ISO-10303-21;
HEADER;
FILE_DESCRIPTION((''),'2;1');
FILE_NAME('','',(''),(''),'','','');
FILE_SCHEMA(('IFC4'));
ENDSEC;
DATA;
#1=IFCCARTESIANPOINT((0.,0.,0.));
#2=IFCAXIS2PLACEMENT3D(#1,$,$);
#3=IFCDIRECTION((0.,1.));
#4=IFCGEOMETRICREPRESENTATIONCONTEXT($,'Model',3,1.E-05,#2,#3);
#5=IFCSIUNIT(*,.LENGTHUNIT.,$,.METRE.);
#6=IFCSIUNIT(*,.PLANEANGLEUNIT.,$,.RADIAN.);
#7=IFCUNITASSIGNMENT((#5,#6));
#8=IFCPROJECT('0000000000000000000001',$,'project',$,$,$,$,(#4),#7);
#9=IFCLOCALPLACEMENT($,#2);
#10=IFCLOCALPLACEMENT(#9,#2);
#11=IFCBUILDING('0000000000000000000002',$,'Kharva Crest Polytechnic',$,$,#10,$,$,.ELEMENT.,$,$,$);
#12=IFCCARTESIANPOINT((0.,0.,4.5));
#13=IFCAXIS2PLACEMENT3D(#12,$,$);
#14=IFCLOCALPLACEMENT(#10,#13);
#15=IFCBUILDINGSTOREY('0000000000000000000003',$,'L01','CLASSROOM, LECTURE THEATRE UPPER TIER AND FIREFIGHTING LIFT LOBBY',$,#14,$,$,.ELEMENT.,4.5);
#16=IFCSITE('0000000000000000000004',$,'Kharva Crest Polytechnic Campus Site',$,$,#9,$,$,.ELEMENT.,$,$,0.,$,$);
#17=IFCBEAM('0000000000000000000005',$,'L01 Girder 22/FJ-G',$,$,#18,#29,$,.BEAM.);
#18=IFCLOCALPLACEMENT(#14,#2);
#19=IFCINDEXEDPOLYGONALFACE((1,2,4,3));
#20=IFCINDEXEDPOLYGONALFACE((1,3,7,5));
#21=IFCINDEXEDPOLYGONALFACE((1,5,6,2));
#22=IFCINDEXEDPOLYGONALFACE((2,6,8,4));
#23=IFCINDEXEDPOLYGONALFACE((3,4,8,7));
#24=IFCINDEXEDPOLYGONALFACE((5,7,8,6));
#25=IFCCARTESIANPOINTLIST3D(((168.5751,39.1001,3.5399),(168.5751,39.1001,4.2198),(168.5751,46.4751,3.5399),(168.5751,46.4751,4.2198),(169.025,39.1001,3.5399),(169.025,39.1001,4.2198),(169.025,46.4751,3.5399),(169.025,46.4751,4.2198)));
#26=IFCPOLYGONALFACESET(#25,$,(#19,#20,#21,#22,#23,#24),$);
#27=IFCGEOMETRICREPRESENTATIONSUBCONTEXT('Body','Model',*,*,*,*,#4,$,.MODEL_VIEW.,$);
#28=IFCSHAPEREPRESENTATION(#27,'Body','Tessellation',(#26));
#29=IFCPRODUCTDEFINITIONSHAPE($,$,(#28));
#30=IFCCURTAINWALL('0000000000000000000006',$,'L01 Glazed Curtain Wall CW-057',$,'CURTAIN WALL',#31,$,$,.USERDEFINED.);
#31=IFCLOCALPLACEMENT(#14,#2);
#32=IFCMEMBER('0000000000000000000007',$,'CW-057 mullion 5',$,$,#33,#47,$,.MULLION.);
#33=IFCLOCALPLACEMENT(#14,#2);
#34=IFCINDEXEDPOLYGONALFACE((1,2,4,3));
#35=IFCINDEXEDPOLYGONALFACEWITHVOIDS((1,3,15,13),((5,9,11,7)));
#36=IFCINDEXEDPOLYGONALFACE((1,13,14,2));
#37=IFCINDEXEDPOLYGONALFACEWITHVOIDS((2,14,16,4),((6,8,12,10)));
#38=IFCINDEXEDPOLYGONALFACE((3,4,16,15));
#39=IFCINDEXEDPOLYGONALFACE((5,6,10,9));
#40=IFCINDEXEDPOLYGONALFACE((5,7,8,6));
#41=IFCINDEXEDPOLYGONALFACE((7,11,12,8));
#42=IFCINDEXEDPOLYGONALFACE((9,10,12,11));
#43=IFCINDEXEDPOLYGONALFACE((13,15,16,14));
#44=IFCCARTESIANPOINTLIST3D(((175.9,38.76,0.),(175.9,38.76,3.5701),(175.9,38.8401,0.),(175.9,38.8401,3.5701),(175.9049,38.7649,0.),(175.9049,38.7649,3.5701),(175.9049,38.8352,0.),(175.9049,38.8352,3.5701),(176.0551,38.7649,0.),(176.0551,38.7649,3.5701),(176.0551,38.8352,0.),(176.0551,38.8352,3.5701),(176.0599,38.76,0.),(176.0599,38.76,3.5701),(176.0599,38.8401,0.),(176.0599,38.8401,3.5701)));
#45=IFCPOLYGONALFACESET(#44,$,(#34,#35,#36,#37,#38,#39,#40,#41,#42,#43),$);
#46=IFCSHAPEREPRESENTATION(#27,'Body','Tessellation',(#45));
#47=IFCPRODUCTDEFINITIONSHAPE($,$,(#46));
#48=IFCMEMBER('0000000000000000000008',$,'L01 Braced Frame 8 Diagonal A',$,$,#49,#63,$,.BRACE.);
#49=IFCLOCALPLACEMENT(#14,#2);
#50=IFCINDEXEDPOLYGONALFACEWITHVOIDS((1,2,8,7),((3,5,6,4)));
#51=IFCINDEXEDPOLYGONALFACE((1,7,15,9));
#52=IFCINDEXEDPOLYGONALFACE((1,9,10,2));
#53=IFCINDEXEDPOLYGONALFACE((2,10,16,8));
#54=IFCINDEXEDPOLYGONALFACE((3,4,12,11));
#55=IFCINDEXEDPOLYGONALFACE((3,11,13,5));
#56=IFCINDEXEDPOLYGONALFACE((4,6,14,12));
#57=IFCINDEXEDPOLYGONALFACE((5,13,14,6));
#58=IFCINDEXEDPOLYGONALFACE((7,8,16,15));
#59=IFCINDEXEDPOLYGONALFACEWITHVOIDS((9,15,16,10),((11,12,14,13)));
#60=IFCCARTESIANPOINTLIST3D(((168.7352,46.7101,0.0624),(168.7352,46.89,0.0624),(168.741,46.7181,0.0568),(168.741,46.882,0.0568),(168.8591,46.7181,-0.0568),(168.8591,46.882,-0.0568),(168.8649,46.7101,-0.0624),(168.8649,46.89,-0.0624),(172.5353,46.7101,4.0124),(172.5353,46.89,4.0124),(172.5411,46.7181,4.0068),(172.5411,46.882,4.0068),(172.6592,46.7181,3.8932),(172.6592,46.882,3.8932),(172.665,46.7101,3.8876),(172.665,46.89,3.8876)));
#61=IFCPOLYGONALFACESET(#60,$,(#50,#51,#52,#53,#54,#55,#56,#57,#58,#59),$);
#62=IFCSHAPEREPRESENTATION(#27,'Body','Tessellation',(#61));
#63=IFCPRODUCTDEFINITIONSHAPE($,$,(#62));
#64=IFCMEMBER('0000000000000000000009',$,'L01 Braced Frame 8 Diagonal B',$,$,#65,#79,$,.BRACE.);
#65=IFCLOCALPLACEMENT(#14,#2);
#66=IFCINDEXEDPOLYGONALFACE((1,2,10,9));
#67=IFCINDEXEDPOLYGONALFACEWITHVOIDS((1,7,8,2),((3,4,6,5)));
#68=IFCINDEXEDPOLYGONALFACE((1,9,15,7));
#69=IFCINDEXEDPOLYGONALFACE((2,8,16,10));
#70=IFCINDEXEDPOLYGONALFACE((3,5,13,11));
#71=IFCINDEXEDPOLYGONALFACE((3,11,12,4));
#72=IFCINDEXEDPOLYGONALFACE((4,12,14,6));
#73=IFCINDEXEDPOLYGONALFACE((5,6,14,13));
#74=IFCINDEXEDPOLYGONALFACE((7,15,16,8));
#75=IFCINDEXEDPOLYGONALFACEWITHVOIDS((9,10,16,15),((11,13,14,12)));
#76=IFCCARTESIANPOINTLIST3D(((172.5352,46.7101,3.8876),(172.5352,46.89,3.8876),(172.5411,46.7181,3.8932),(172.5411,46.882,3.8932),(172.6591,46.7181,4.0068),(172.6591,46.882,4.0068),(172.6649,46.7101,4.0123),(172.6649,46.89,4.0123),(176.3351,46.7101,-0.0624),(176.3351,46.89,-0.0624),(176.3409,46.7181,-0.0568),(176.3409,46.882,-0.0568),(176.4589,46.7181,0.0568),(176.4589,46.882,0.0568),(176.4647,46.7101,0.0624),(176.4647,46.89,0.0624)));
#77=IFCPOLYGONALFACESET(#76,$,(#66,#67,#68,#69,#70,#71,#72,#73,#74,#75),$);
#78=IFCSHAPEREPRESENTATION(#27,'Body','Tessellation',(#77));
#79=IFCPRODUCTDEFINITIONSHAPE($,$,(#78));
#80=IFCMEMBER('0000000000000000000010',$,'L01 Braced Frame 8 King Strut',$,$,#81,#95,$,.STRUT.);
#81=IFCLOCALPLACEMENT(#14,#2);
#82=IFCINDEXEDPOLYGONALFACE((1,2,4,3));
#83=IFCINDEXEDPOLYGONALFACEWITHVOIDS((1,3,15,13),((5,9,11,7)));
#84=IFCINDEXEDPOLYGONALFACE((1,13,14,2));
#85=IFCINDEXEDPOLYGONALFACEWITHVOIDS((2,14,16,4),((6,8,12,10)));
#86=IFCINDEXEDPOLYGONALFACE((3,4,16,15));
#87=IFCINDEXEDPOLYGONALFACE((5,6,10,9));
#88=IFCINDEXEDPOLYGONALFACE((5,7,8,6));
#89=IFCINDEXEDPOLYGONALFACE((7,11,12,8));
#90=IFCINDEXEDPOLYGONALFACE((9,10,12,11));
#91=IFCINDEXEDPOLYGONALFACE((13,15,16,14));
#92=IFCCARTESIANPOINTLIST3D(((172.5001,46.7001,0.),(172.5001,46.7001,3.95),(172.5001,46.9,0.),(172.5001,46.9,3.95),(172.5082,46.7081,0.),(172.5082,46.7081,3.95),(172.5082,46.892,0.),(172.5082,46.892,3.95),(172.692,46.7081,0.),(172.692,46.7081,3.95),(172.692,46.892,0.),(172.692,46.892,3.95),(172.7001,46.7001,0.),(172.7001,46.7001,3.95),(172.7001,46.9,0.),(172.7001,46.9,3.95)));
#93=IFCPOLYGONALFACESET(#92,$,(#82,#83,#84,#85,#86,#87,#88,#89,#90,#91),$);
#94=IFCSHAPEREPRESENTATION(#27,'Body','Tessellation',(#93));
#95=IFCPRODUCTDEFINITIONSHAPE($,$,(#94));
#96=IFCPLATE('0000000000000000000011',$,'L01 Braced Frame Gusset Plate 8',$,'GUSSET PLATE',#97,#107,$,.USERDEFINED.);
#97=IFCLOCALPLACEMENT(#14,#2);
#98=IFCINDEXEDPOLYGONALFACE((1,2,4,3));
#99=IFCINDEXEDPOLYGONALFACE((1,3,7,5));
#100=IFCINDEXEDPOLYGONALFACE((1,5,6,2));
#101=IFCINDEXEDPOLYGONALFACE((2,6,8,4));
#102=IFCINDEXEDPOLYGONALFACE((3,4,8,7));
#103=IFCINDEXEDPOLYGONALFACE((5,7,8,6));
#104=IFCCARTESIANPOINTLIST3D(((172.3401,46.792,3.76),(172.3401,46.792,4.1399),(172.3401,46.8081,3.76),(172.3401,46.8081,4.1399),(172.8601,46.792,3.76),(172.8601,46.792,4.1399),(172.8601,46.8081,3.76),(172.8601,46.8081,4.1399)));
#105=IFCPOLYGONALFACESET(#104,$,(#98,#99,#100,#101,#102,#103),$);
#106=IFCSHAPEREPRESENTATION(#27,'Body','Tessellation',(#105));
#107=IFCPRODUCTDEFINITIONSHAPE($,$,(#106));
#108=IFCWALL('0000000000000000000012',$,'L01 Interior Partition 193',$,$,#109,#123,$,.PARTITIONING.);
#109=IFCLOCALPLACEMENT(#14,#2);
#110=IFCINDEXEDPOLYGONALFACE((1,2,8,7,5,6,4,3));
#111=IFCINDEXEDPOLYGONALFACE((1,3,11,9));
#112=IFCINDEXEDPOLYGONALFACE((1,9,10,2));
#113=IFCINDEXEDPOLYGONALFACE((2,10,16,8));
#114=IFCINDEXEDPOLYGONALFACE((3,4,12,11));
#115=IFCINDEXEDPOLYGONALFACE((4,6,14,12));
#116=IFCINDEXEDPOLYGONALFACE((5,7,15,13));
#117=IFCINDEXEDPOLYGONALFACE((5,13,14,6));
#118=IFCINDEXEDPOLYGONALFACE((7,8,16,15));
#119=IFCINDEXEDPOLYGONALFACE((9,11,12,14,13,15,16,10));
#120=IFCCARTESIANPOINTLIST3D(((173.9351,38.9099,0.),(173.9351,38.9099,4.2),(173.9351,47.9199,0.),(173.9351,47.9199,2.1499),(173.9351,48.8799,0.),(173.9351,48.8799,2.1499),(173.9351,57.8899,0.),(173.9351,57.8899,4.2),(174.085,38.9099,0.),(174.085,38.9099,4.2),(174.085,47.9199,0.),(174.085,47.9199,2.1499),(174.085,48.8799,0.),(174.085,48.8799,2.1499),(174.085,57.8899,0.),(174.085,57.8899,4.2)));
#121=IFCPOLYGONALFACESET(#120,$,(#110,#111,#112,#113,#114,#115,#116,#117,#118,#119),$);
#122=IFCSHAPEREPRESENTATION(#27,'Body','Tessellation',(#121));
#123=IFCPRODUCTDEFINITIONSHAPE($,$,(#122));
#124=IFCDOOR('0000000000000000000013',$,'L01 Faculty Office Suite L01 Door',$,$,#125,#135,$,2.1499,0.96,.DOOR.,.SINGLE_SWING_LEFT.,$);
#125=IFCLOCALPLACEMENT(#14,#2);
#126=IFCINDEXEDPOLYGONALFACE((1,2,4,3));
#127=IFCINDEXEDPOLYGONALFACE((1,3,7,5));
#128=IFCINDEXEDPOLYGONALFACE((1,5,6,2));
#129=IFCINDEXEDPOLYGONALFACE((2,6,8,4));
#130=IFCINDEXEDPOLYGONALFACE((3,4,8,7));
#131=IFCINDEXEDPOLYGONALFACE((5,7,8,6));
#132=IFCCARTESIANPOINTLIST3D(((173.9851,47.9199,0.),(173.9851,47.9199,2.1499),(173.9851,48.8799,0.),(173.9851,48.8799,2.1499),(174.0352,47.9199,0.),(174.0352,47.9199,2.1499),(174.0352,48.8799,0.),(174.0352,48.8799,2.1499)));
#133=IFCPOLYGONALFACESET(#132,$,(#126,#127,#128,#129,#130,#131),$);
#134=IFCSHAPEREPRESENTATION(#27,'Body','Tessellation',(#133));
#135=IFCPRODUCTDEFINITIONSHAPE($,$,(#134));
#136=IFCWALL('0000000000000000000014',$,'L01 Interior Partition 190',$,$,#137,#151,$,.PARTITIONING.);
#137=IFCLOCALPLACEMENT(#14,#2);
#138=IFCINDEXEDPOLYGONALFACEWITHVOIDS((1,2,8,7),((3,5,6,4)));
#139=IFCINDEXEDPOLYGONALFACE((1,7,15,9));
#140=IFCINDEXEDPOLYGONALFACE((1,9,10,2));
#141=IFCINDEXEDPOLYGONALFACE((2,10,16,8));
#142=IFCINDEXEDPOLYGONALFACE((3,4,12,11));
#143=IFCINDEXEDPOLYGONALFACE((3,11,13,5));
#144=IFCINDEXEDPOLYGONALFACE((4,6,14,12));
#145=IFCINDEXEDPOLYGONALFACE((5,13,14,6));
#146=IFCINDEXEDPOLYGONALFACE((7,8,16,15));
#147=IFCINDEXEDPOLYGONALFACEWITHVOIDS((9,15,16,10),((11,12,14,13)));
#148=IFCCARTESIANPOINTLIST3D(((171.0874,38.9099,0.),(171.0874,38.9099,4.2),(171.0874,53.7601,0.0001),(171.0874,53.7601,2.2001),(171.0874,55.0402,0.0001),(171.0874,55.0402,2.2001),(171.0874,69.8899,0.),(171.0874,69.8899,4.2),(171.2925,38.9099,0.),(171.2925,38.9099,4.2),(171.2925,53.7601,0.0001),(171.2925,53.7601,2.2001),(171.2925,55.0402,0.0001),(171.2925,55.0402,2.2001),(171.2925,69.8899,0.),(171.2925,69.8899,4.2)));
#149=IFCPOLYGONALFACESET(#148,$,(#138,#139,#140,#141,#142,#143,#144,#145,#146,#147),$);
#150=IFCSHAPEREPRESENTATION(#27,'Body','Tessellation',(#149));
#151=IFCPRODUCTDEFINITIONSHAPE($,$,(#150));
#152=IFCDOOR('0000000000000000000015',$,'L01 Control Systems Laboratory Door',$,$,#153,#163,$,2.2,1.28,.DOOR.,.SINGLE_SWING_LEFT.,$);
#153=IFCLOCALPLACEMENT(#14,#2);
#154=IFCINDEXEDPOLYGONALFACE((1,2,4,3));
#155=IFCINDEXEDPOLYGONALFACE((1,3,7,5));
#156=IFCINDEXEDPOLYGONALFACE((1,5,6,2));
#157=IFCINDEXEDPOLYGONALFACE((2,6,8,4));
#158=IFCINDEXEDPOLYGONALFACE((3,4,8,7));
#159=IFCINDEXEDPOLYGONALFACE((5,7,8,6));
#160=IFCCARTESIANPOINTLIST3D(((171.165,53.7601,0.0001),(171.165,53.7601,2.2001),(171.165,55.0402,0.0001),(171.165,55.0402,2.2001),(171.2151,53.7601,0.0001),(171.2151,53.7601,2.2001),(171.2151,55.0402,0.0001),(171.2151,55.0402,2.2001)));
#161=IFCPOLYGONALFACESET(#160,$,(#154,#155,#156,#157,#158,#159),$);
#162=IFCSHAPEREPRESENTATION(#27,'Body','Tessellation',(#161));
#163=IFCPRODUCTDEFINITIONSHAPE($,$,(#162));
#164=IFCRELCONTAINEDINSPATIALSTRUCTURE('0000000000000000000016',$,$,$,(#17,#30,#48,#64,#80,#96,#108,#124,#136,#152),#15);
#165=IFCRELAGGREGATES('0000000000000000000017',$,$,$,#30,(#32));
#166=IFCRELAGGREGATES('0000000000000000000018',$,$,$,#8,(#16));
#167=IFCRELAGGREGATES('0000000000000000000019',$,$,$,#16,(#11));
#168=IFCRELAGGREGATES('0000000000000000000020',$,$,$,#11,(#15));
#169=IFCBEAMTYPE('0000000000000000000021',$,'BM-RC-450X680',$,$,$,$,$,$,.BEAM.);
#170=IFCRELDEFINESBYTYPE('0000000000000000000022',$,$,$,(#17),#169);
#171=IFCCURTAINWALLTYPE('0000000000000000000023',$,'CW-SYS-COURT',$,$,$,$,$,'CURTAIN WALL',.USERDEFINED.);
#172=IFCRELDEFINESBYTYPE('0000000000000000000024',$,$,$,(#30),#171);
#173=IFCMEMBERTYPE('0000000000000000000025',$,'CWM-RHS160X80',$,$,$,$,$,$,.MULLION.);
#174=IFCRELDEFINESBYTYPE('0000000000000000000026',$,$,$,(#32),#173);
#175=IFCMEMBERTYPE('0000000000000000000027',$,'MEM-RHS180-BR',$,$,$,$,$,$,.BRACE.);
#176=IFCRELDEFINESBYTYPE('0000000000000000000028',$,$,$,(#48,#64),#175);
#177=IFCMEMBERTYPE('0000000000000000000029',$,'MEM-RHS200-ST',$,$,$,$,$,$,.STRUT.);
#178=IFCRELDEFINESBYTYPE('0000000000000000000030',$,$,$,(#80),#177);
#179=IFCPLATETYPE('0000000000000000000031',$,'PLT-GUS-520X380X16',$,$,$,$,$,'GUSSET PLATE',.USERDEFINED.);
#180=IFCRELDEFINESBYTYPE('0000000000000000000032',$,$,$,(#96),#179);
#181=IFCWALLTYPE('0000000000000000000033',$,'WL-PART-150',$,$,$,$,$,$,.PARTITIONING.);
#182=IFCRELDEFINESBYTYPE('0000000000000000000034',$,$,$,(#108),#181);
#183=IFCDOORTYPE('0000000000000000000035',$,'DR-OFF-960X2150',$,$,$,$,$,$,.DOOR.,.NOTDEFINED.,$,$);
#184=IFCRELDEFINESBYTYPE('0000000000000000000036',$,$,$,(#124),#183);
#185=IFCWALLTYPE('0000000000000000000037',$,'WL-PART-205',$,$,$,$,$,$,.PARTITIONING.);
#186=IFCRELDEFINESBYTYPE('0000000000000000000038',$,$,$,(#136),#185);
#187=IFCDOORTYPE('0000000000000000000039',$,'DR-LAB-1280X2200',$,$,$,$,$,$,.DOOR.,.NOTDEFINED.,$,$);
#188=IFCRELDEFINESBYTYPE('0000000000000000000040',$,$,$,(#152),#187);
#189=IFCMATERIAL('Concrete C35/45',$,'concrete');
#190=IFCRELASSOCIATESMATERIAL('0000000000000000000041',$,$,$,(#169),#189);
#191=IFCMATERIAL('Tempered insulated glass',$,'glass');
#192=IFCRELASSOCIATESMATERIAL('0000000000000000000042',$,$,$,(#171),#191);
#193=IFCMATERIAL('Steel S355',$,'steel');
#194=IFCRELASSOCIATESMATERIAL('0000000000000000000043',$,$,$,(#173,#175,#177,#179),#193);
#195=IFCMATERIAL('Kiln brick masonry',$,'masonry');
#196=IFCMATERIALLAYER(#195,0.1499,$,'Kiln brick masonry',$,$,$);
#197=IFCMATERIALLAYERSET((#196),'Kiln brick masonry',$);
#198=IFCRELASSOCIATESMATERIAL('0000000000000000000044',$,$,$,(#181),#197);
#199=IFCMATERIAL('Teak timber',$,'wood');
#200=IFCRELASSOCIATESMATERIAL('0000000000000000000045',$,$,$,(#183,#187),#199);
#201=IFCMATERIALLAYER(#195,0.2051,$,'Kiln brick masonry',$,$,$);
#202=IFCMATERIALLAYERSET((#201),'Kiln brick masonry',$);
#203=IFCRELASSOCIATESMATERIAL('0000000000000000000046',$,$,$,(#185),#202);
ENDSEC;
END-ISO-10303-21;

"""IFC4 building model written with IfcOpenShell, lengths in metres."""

from ifc_helpers import new_model, si_unit, direction, frame, frame_2d, origin, origin_2d, place, context, subcontext, project, spatial, rectangle, hollow_rectangle, extrude, material, layer, layer_set, material_profile, profile_set, type_object, element, fill, aggregate, save


model = new_model("IFC4")

# Units and contexts
model_context = context("Model", 3, precision=1e-05, world=origin(), true_north=direction((0.0, 1.0)))
body_context = subcontext(model_context, "Body", "Model", "MODEL_VIEW")
ifc_project = project(units=[si_unit("LENGTHUNIT", "METRE"), si_unit("PLANEANGLEUNIT", "RADIAN")], contexts=[model_context])

# Site, building, storey
site_placement = place(None, origin())
site = spatial("IfcSite", under=ifc_project, at=site_placement, Name="Kharva Crest Polytechnic Campus Site", CompositionType="ELEMENT", RefElevation=0.0)
building_placement = place(site_placement, origin())
building = spatial("IfcBuilding", under=site, at=building_placement, Name="Kharva Crest Polytechnic", CompositionType="ELEMENT")
storey_placement = place(building_placement, frame((0.0, 0.0, 4.5)))
storey = spatial("IfcBuildingStorey", under=building, at=storey_placement, Name="L01", Description="CLASSROOM, LECTURE THEATRE UPPER TIER AND FIREFIGHTING LIFT LOBBY", CompositionType="ELEMENT", Elevation=4.5)

# Beam
ifc_material_1 = material(Name="Concrete C35/45", Category="concrete")
ifc_material_profile_1 = material_profile(ifc_material_1, rectangle(XDim=0.45, YDim=0.6799, at=origin_2d()), Name="RECT 450 X 680")
ifc_profile_set_1 = profile_set([ifc_material_profile_1], Name="Concrete C35/45")
beam_type_1 = type_object("IfcBeamType", Name="BM-RC-450X680", PredefinedType="BEAM", material=ifc_profile_set_1)
beam_1_placement = place(storey_placement, frame((168.8, 39.1001, 3.8799), z_axis=(0.0, 1.0, 0.0), x_axis=(-1.0, 0.0, 0.0)))
element("IfcBeam", 1, at=beam_1_placement, inside=storey, type_object=beam_type_1, Name="L01 Girder 22/FJ-G", PredefinedType="BEAM", context=body_context, shape_type="SweptSolid", body=[
    extrude(rectangle(XDim=0.45, YDim=0.6799, at=origin_2d()), origin(), (0.0, 0.0, 1.0), 7.375),
])

# Curtain wall, member
ifc_material_2 = material(Name="Tempered insulated glass", Category="glass")
curtain_wall_type = type_object("IfcCurtainWallType", Name="CW-SYS-COURT", ElementType="CURTAIN WALL", PredefinedType="USERDEFINED", material=ifc_material_2)
curtain_wall_placement = place(storey_placement, origin())
curtain_wall = element("IfcCurtainWall", 2, at=curtain_wall_placement, inside=storey, type_object=curtain_wall_type, Name="L01 Glazed Curtain Wall CW-057", ObjectType="CURTAIN WALL", PredefinedType="USERDEFINED")
ifc_material_3 = material(Name="Steel S355", Category="steel")
ifc_material_profile_2 = material_profile(ifc_material_3, hollow_rectangle(XDim=0.0801, YDim=0.1599, WallThickness=0.0049, at=origin_2d()), Name="RHS 160X80X5.0")
ifc_profile_set_2 = profile_set([ifc_material_profile_2], Name="Steel S355")
member_type_1 = type_object("IfcMemberType", Name="CWM-RHS160X80", PredefinedType="MULLION", material=ifc_profile_set_2)
member_1_placement = place(storey_placement, frame((175.98, 38.8, 0.0), z_axis=(0.0, 0.0, 1.0), x_axis=(0.0, 1.0, 0.0)))
member_1 = element("IfcMember", 3, at=member_1_placement, type_object=member_type_1, Name="CW-057 mullion 5", PredefinedType="MULLION", context=body_context, shape_type="SweptSolid", body=[
    extrude(hollow_rectangle(XDim=0.0801, YDim=0.1599, WallThickness=0.0049, at=origin_2d()), origin(), (0.0, 0.0, 1.0), 3.5701),
])
aggregate(curtain_wall, [member_1])

# Members
ifc_material_profile_3 = material_profile(ifc_material_3, hollow_rectangle(XDim=0.1799, YDim=0.1799, WallThickness=0.0081, at=origin_2d()), Name="RHS 180X180X8.0")
ifc_profile_set_3 = profile_set([ifc_material_profile_3], Name="Steel S355")
member_type_2 = type_object("IfcMemberType", Name="MEM-RHS180-BR", PredefinedType="BRACE", material=ifc_profile_set_3)
member_2_placement = place(storey_placement, frame((168.8, 46.8, 0.0), z_axis=(0.6933, 0.0, 0.720649), x_axis=(0.0, 1.0, 0.0)))
element("IfcMember", 4, at=member_2_placement, inside=storey, type_object=member_type_2, Name="L01 Braced Frame 8 Diagonal A", PredefinedType="BRACE", context=body_context, shape_type="SweptSolid", body=[
    extrude(hollow_rectangle(XDim=0.1799, YDim=0.1799, WallThickness=0.0081, at=origin_2d()), origin(), (0.0, 0.0, 1.0), 5.4812),
])
member_3_placement = place(storey_placement, frame((176.3999, 46.8, 0.0), z_axis=(-0.693277, 0.0, 0.720671), x_axis=(0.0, -1.0, 0.0)))
element("IfcMember", 5, at=member_3_placement, inside=storey, type_object=member_type_2, Name="L01 Braced Frame 8 Diagonal B", PredefinedType="BRACE", context=body_context, shape_type="SweptSolid", body=[
    extrude(hollow_rectangle(XDim=0.1799, YDim=0.1799, WallThickness=0.0081, at=origin_2d()), origin(), (0.0, 0.0, 1.0), 5.481),
])
ifc_material_profile_4 = material_profile(ifc_material_3, hollow_rectangle(XDim=0.2, YDim=0.2, WallThickness=0.0081, at=origin_2d()), Name="RHS 200X200X8.0")
ifc_profile_set_4 = profile_set([ifc_material_profile_4], Name="Steel S355")
member_type_3 = type_object("IfcMemberType", Name="MEM-RHS200-ST", PredefinedType="STRUT", material=ifc_profile_set_4)
member_4_placement = place(storey_placement, frame((172.6001, 46.8, 0.0), z_axis=(0.0, 0.0, 1.0), x_axis=(1.0, 0.0, 0.0)))
element("IfcMember", 6, at=member_4_placement, inside=storey, type_object=member_type_3, Name="L01 Braced Frame 8 King Strut", PredefinedType="STRUT", context=body_context, shape_type="SweptSolid", body=[
    extrude(hollow_rectangle(XDim=0.2, YDim=0.2, WallThickness=0.0081, at=origin_2d()), origin(), (0.0, 0.0, 1.0), 3.95),
])

# Plate
plate_type = type_object("IfcPlateType", Name="PLT-GUS-520X380X16", ElementType="GUSSET PLATE", PredefinedType="USERDEFINED", material=ifc_material_3)
plate_placement = place(storey_placement, frame((172.6001, 46.8, 3.76), z_axis=(0.0, 0.0, 1.0), x_axis=(1.0, 0.0, 0.0)))
element("IfcPlate", 7, at=plate_placement, inside=storey, type_object=plate_type, Name="L01 Braced Frame Gusset Plate 8", ObjectType="GUSSET PLATE", PredefinedType="USERDEFINED", context=body_context, shape_type="SweptSolid", body=[
    extrude(rectangle(XDim=0.52, YDim=0.0161, at=origin_2d()), origin(), (0.0, 0.0, 1.0), 0.3799),
])

# Walls, openings, doors
ifc_material_4 = material(Name="Kiln brick masonry", Category="masonry")
ifc_layer_1 = layer(ifc_material_4, 0.1499, Name="Kiln brick masonry")
ifc_layer_set_1 = layer_set([ifc_layer_1], Name="Kiln brick masonry")
wall_type_1 = type_object("IfcWallType", Name="WL-PART-150", PredefinedType="PARTITIONING", material=ifc_layer_set_1)
wall_1_placement = place(storey_placement, frame((174.01, 38.9099, 0.0), z_axis=(0.0, 0.0, 1.0), x_axis=(0.0, 1.0, 0.0)))
wall_1 = element("IfcWall", 8, at=wall_1_placement, inside=storey, type_object=wall_type_1, Name="L01 Interior Partition 193", PredefinedType="PARTITIONING", context=body_context, shape_type="SweptSolid", body=[
    extrude(rectangle(XDim=18.98, YDim=0.1499, at=frame_2d((9.49, 0.0))), origin(), (0.0, 0.0, 1.0), 4.2),
])
opening_1_placement = place(wall_1_placement, frame((9.01, 0.0, 0.0)))
opening_1 = element("IfcOpeningElement", 9, at=opening_1_placement, cuts=wall_1, PredefinedType="OPENING", context=body_context, shape_type="SweptSolid", body=[
    extrude(rectangle(XDim=0.96, YDim=2.1499, at=frame_2d((0.48, 1.075))), frame((0.0, 0.085, 0.0), z_axis=(0.0, -1.0, 0.0), x_axis=(1.0, 0.0, 0.0)), (0.0, 0.0, 1.0), 0.1699),
])
ifc_material_5 = material(Name="Teak timber", Category="wood")
door_type_1 = type_object("IfcDoorType", Name="DR-OFF-960X2150", OperationType="NOTDEFINED", PredefinedType="DOOR", material=ifc_material_5)
door_1_placement = place(opening_1_placement, origin())
door_1 = element("IfcDoor", 10, at=door_1_placement, inside=storey, type_object=door_type_1, Name="L01 Faculty Office Suite L01 Door", OperationType="SINGLE_SWING_LEFT", OverallHeight=2.1499, OverallWidth=0.96, PredefinedType="DOOR", context=body_context, shape_type="SweptSolid", body=[
    extrude(rectangle(XDim=0.96, YDim=2.1499, at=frame_2d((0.48, 1.075))), frame((0.0, 0.0249, 0.0), z_axis=(0.0, -1.0, 0.0), x_axis=(1.0, 0.0, 0.0)), (0.0, 0.0, 1.0), 0.05),
])
fill(opening_1, door_1)
ifc_layer_2 = layer(ifc_material_4, 0.2051, Name="Kiln brick masonry")
ifc_layer_set_2 = layer_set([ifc_layer_2], Name="Kiln brick masonry")
wall_type_2 = type_object("IfcWallType", Name="WL-PART-205", PredefinedType="PARTITIONING", material=ifc_layer_set_2)
wall_2_placement = place(storey_placement, frame((171.1899, 38.9099, 0.0), z_axis=(0.0, 0.0, 1.0), x_axis=(0.0, 1.0, 0.0)))
wall_2 = element("IfcWall", 11, at=wall_2_placement, inside=storey, type_object=wall_type_2, Name="L01 Interior Partition 190", PredefinedType="PARTITIONING", context=body_context, shape_type="SweptSolid", body=[
    extrude(rectangle(XDim=30.98, YDim=0.2051, at=frame_2d((15.49, 0.0))), origin(), (0.0, 0.0, 1.0), 4.2),
])
opening_2_placement = place(wall_2_placement, frame((14.8501, 0.0, 0.0)))
opening_2 = element("IfcOpeningElement", 12, at=opening_2_placement, cuts=wall_2, PredefinedType="OPENING", context=body_context, shape_type="SweptSolid", body=[
    extrude(rectangle(XDim=1.28, YDim=2.2, at=frame_2d((0.6401, 1.1001))), frame((0.0, 0.1125, 0.0), z_axis=(0.0, -1.0, 0.0), x_axis=(1.0, 0.0, 0.0)), (0.0, 0.0, 1.0), 0.2251),
])
door_type_2 = type_object("IfcDoorType", Name="DR-LAB-1280X2200", OperationType="NOTDEFINED", PredefinedType="DOOR", material=ifc_material_5)
door_2_placement = place(opening_2_placement, origin())
door_2 = element("IfcDoor", 13, at=door_2_placement, inside=storey, type_object=door_type_2, Name="L01 Control Systems Laboratory Door", OperationType="SINGLE_SWING_LEFT", OverallHeight=2.2, OverallWidth=1.28, PredefinedType="DOOR", context=body_context, shape_type="SweptSolid", body=[
    extrude(rectangle(XDim=1.28, YDim=2.2, at=frame_2d((0.6401, 1.1001))), frame((0.0, 0.0249, 0.0), z_axis=(0.0, -1.0, 0.0), x_axis=(1.0, 0.0, 0.0)), (0.0, 0.0, 1.0), 0.05),
])
fill(opening_2, door_2)

save(model, "model.ifc")
